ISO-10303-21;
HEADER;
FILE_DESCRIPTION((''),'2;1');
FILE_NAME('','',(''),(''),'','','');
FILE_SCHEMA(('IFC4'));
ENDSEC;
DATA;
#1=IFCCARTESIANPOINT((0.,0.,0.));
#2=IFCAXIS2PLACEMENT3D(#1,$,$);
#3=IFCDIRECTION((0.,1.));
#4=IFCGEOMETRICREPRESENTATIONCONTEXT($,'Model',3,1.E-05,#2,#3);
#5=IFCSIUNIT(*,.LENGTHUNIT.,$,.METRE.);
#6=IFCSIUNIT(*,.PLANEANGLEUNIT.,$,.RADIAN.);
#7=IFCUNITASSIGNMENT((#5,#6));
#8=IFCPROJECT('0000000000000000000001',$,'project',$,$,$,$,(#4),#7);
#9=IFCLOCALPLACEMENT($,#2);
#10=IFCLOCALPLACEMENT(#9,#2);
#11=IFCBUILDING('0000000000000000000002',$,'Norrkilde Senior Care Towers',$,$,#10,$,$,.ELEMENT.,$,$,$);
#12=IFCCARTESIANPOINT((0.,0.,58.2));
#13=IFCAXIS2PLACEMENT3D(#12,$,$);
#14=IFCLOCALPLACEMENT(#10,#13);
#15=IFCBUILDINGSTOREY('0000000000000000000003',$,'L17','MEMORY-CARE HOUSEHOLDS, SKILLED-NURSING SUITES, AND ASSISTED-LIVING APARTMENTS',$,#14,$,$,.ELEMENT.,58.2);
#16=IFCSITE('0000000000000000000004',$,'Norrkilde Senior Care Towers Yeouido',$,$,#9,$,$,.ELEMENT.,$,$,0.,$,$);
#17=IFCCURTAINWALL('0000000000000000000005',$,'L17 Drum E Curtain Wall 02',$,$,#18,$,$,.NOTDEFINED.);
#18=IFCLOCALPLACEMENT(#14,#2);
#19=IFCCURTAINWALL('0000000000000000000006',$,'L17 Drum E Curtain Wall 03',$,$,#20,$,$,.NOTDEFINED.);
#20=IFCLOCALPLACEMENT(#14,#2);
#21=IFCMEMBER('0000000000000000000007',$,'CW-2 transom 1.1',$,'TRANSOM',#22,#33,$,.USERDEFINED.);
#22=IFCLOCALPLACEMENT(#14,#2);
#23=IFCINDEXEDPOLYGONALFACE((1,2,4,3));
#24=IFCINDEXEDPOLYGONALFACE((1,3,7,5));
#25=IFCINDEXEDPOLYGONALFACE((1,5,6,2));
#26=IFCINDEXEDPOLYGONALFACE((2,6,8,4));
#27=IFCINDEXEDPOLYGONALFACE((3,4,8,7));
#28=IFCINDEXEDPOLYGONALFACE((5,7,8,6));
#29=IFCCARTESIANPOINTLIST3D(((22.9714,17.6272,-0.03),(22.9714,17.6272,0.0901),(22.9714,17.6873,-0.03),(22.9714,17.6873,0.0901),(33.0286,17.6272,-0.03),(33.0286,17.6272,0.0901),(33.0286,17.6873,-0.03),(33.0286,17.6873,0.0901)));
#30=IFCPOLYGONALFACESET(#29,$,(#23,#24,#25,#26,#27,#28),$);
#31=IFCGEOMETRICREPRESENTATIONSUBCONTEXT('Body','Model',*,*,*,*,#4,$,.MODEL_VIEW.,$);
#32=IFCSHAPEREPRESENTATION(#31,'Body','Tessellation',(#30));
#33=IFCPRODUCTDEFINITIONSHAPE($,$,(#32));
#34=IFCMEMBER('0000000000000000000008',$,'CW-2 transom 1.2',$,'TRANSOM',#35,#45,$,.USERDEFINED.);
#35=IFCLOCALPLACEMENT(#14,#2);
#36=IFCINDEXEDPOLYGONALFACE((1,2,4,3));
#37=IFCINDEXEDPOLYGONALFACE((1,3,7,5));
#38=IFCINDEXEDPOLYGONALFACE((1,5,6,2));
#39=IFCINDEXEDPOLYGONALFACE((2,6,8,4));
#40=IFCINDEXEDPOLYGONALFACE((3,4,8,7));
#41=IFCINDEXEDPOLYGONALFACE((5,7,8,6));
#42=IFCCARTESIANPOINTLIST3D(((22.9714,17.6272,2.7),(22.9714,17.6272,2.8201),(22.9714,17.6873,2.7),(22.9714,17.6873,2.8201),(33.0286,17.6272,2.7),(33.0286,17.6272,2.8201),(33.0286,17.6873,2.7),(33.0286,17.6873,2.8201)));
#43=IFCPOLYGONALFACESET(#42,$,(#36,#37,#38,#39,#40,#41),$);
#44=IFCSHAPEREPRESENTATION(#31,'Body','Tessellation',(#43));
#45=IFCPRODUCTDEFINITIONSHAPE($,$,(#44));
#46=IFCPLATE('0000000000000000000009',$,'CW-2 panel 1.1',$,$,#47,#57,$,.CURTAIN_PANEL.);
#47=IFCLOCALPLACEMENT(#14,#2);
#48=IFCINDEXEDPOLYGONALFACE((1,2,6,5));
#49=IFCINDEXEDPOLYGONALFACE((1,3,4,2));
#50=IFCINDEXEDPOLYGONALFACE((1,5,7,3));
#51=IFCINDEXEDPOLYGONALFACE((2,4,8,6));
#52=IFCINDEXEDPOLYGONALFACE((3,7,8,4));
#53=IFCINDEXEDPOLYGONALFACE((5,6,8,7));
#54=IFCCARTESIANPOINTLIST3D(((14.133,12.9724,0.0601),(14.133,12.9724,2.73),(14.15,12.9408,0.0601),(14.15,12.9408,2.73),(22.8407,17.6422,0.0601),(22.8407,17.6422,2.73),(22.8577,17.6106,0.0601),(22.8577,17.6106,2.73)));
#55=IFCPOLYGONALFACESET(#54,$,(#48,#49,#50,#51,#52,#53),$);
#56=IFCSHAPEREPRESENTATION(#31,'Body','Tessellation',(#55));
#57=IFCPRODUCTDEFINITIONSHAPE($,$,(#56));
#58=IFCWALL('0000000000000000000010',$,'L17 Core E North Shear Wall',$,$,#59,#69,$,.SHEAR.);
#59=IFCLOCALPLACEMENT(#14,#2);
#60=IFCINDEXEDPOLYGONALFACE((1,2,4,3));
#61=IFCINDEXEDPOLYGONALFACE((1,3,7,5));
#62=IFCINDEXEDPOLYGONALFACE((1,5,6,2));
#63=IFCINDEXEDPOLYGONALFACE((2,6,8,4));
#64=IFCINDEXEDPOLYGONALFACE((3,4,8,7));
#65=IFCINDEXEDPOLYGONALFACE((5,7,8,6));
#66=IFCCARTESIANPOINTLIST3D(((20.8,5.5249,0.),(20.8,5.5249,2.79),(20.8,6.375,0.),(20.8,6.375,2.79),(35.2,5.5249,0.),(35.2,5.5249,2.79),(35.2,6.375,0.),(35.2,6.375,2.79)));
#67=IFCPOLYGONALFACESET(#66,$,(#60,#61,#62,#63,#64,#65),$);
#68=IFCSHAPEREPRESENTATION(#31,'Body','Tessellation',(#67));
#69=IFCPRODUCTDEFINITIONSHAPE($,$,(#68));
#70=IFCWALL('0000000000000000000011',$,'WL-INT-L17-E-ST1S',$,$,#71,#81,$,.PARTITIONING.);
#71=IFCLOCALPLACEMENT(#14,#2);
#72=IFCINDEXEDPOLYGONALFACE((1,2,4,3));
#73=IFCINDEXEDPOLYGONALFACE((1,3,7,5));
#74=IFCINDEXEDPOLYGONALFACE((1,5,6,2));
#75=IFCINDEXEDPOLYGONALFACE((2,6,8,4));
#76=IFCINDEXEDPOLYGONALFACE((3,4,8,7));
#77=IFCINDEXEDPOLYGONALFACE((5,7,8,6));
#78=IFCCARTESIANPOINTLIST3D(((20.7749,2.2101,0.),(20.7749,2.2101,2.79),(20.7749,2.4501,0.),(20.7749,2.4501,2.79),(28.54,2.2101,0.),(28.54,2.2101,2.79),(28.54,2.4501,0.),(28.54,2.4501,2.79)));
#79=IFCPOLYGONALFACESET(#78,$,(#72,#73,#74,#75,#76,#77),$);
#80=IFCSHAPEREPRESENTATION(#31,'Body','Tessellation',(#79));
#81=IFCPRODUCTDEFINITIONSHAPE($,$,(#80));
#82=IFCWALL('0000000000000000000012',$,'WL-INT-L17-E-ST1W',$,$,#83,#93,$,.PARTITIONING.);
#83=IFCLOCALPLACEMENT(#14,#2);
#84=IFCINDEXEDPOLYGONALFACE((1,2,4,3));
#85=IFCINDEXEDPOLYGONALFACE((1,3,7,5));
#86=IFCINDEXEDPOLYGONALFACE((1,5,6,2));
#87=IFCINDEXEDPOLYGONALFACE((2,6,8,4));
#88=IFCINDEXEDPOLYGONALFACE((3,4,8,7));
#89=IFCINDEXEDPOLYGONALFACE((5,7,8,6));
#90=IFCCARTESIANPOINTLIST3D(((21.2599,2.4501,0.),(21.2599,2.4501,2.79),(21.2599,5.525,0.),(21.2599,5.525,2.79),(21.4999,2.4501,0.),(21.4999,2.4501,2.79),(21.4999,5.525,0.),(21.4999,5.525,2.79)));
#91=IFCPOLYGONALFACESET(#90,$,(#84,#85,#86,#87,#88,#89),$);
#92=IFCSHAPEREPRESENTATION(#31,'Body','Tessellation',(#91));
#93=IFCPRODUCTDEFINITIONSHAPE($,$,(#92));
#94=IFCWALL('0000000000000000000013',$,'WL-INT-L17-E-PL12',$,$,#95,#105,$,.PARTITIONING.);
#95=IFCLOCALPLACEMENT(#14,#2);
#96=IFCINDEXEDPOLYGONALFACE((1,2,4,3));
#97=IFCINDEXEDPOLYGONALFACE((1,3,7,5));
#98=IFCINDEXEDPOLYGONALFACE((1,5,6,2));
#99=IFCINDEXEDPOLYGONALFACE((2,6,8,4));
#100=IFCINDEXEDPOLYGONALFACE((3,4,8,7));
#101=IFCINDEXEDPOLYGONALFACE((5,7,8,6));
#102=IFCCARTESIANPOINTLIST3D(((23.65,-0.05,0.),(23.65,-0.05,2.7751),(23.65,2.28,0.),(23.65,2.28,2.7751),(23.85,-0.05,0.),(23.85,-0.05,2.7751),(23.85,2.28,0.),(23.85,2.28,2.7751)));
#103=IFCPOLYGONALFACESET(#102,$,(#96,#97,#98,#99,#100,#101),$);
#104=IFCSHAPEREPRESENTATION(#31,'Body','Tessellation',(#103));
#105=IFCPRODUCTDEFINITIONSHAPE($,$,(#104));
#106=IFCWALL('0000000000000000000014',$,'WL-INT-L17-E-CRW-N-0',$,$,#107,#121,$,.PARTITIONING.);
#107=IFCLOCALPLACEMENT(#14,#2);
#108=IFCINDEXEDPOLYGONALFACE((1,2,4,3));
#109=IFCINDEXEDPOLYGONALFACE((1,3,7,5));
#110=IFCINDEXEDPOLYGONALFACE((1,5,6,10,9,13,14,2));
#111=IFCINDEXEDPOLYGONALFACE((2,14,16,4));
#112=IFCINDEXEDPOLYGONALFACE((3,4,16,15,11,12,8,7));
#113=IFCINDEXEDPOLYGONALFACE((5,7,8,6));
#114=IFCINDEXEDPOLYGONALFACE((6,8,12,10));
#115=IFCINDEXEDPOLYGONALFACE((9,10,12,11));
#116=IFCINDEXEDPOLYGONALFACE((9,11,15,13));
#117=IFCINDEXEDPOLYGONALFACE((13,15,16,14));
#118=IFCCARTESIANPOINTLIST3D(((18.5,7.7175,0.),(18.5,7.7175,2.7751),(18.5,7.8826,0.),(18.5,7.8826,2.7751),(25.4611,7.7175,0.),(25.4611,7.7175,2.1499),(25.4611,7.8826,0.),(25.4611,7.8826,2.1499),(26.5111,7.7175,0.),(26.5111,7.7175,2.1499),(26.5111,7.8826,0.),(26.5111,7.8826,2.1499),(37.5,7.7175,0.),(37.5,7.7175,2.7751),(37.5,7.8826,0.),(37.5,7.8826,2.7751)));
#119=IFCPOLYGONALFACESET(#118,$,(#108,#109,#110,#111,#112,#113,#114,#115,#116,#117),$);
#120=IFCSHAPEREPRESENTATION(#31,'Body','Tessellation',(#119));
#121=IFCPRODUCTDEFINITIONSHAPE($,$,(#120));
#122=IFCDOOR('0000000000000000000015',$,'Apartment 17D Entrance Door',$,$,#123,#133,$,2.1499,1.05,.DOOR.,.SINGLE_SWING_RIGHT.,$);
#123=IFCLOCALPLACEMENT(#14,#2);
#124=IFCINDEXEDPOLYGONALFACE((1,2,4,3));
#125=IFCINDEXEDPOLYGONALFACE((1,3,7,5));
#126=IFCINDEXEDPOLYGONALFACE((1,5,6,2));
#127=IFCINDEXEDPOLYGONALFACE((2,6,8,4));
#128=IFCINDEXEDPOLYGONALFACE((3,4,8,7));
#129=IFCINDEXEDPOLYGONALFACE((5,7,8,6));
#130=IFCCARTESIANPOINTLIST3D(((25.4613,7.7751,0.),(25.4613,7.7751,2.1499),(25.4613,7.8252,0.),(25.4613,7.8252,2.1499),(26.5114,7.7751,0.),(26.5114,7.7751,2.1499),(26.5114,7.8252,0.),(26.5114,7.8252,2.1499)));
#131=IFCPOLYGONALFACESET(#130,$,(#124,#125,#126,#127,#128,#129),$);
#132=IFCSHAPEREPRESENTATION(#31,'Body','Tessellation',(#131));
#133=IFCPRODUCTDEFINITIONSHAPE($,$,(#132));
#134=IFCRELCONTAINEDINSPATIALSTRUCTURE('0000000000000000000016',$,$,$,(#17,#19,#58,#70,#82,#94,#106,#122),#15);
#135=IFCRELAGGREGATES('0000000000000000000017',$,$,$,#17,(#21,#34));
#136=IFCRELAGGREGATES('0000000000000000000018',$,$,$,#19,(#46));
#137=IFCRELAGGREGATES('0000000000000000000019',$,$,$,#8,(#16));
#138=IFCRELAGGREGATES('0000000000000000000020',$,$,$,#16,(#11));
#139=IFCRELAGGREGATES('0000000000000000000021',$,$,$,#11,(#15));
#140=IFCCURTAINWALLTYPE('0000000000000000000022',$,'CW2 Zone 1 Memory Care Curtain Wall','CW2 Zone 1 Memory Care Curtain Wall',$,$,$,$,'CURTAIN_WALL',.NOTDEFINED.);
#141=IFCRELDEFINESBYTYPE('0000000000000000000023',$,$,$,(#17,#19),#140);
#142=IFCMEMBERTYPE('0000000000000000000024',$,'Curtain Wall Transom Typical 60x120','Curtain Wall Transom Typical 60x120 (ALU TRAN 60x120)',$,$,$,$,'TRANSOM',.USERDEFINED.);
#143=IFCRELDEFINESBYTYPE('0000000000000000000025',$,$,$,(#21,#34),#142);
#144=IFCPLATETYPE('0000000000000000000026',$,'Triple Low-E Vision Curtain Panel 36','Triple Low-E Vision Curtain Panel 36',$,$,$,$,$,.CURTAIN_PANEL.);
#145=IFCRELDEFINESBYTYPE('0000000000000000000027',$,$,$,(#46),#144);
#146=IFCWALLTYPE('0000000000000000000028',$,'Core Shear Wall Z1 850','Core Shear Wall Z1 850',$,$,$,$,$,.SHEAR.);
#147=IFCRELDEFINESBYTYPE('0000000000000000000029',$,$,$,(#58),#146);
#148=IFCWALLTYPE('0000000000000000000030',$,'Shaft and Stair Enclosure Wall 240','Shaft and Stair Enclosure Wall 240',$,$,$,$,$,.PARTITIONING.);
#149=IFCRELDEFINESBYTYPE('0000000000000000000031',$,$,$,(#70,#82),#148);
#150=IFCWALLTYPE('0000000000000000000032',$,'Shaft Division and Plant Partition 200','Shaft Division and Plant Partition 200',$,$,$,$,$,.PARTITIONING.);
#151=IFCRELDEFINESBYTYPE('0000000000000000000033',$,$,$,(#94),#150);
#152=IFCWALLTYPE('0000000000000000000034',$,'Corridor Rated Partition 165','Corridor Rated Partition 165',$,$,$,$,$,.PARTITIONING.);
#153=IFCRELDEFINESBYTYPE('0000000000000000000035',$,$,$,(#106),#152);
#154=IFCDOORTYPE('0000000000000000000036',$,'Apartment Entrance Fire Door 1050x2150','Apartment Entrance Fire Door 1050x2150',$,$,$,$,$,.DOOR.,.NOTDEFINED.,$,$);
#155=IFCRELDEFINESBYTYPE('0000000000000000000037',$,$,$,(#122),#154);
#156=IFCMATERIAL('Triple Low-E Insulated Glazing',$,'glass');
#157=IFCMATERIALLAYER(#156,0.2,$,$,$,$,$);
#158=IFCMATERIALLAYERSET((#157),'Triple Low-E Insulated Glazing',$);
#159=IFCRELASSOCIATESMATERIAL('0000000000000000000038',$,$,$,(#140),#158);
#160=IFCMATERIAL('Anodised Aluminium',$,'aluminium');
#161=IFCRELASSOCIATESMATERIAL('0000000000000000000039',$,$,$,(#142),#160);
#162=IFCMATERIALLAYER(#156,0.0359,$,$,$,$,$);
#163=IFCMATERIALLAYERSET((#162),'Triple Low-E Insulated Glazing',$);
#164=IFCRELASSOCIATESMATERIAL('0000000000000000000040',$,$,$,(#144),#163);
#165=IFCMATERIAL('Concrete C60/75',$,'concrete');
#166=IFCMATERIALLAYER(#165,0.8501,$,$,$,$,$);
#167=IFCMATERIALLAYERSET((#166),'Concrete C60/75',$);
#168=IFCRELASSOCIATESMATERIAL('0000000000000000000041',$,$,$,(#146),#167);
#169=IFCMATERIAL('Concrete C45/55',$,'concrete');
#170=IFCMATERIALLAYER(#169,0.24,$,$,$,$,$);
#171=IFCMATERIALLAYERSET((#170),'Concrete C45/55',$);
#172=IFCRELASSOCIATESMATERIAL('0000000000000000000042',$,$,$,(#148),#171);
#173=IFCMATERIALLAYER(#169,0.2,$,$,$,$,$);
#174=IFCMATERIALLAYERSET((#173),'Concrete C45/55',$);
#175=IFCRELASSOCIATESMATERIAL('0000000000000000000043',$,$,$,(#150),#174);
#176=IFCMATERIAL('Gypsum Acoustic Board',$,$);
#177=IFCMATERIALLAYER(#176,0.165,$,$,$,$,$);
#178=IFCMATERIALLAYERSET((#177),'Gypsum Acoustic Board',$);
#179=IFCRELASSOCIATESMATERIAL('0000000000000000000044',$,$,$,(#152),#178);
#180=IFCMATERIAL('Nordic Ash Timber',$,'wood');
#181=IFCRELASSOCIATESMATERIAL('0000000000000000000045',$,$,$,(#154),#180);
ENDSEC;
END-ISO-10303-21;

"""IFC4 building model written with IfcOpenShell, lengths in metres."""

from ifc_helpers import new_model, si_unit, direction, frame, frame_2d, origin, origin_2d, place, context, subcontext, project, spatial, rectangle, extrude, source, transform, mapped, material, layer, layer_set, material_profile, profile_set, type_object, type_shapes, element, fill, aggregate, save


model = new_model("IFC4")

# Units and contexts
model_context = context("Model", 3, precision=1e-05, world=origin(), true_north=direction((0.0, 1.0)))
body_context = subcontext(model_context, "Body", "Model", "MODEL_VIEW")
ifc_project = project(units=[si_unit("LENGTHUNIT", "METRE"), si_unit("PLANEANGLEUNIT", "RADIAN")], contexts=[model_context])

# Site, building, storey
site_placement = place(None, origin())
site = spatial("IfcSite", under=ifc_project, at=site_placement, Name="Norrkilde Senior Care Towers Yeouido", CompositionType="ELEMENT", RefElevation=0.0)
building_placement = place(site_placement, origin())
building = spatial("IfcBuilding", under=site, at=building_placement, Name="Norrkilde Senior Care Towers", CompositionType="ELEMENT")
storey_placement = place(building_placement, frame((0.0, 0.0, 58.2)))
storey = spatial("IfcBuildingStorey", under=building, at=storey_placement, Name="L17", Description="MEMORY-CARE HOUSEHOLDS, SKILLED-NURSING SUITES, AND ASSISTED-LIVING APARTMENTS", CompositionType="ELEMENT", Elevation=58.2)

# Shared definitions
ifc_material_1 = material(Name="Concrete C60/75", Category="concrete")

# Curtain walls
ifc_material_2 = material(Name="Triple Low-E Insulated Glazing", Category="glass")
ifc_layer_1 = layer(ifc_material_2, 0.2)
ifc_layer_set_1 = layer_set([ifc_layer_1], Name="Triple Low-E Insulated Glazing")
curtain_wall_type = type_object("IfcCurtainWallType", Name="CW2 Zone 1 Memory Care Curtain Wall", Description="CW2 Zone 1 Memory Care Curtain Wall", ElementType="CURTAIN_WALL", PredefinedType="NOTDEFINED", material=ifc_layer_set_1)
curtain_wall_1_placement = place(storey_placement, origin())
curtain_wall_1 = element("IfcCurtainWall", 1, at=curtain_wall_1_placement, inside=storey, type_object=curtain_wall_type, Name="L17 Drum E Curtain Wall 02", PredefinedType="NOTDEFINED")
ifc_material_3 = material(Name="Anodised Aluminium", Category="aluminium")
curtain_wall_2_placement = place(storey_placement, origin())
curtain_wall_2 = element("IfcCurtainWall", 2, at=curtain_wall_2_placement, inside=storey, type_object=curtain_wall_type, Name="L17 Drum E Curtain Wall 03", PredefinedType="NOTDEFINED")

# Members
ifc_material_profile_1 = material_profile(ifc_material_3, rectangle(XDim=0.0601, YDim=0.1201, at=origin_2d()), Name="ALU TRAN 60x120")
ifc_profile_set_1 = profile_set([ifc_material_profile_1], Name="Anodised Aluminium")
member_type_1 = type_object("IfcMemberType", Name="Curtain Wall Transom Typical 60x120", Description="Curtain Wall Transom Typical 60x120 (ALU TRAN 60x120)", ElementType="TRANSOM", PredefinedType="USERDEFINED", material=ifc_profile_set_1)
shared_shape_1 = source(origin(), body_context, "Body", "SweptSolid", [
    extrude(rectangle(XDim=0.0601, YDim=0.1201, at=origin_2d()), origin(), (0.0, 0.0, 1.0), 10.0571),
])
type_shapes(member_type_1, [shared_shape_1])
member_1_placement = place(storey_placement, frame((22.9714, 17.6572, 0.03), z_axis=(1.0, 0.0, 0.0), x_axis=(0.0, 1.0, 0.0)))
member_1 = element("IfcMember", 3, at=member_1_placement, type_object=member_type_1, Name="CW-2 transom 1.1", ObjectType="TRANSOM", PredefinedType="USERDEFINED", context=body_context, shape_type="MappedRepresentation", body=[
    mapped(shared_shape_1, transform((0.0, 0.0, 0.0), x_axis=(1.0, 0.0, 0.0), y_axis=(0.0, 1.0, 0.0), z_axis=(0.0, 0.0, 1.0), scale=1.0)),
])
member_2_placement = place(storey_placement, frame((22.9714, 17.6572, 2.76), z_axis=(1.0, 0.0, 0.0), x_axis=(0.0, 1.0, 0.0)))
member_2 = element("IfcMember", 4, at=member_2_placement, type_object=member_type_1, Name="CW-2 transom 1.2", ObjectType="TRANSOM", PredefinedType="USERDEFINED", context=body_context, shape_type="MappedRepresentation", body=[
    mapped(shared_shape_1, transform((0.0, 0.0, 0.0), x_axis=(1.0, 0.0, 0.0), y_axis=(0.0, 1.0, 0.0), z_axis=(0.0, 0.0, 1.0), scale=1.0)),
])
aggregate(curtain_wall_1, [member_1, member_2])

# Plate
ifc_layer_2 = layer(ifc_material_2, 0.0359)
ifc_layer_set_2 = layer_set([ifc_layer_2], Name="Triple Low-E Insulated Glazing")
plate_type = type_object("IfcPlateType", Name="Triple Low-E Vision Curtain Panel 36", Description="Triple Low-E Vision Curtain Panel 36", PredefinedType="CURTAIN_PANEL", material=ifc_layer_set_2)
shared_shape_2 = source(origin(), body_context, "Body", "SweptSolid", [
    extrude(rectangle(XDim=9.8809, YDim=0.0359, at=origin_2d()), origin(), (0.0, 0.0, 1.0), 2.6699),
])
type_shapes(plate_type, [shared_shape_2])
plate_placement = place(storey_placement, frame((18.4954, 15.2915, 0.0601), z_axis=(0.0, 0.0, 1.0), x_axis=(0.881273, 0.472608, 0.0)))
plate = element("IfcPlate", 5, at=plate_placement, type_object=plate_type, Name="CW-2 panel 1.1", PredefinedType="CURTAIN_PANEL", context=body_context, shape_type="MappedRepresentation", body=[
    mapped(shared_shape_2, transform((0.0, 0.0, 0.0), x_axis=(1.0, 0.0, 0.0), y_axis=(0.0, 1.0, 0.0), z_axis=(0.0, 0.0, 1.0), scale=1.0)),
])
aggregate(curtain_wall_2, [plate])

# Walls
ifc_layer_3 = layer(ifc_material_1, 0.8501)
ifc_layer_set_3 = layer_set([ifc_layer_3], Name="Concrete C60/75")
wall_type_1 = type_object("IfcWallType", Name="Core Shear Wall Z1 850", Description="Core Shear Wall Z1 850", PredefinedType="SHEAR", material=ifc_layer_set_3)
shared_shape_3 = source(origin(), body_context, "Body", "SweptSolid", [
    extrude(rectangle(XDim=14.3999, YDim=0.8501, at=frame_2d((7.2, 0.0))), origin(), (0.0, 0.0, 1.0), 2.79),
])
type_shapes(wall_type_1, [shared_shape_3])
wall_1_placement = place(storey_placement, frame((20.8, 5.95, 0.0), z_axis=(0.0, 0.0, 1.0), x_axis=(1.0, 0.0, 0.0)))
element("IfcWall", 6, at=wall_1_placement, inside=storey, type_object=wall_type_1, Name="L17 Core E North Shear Wall", PredefinedType="SHEAR", context=body_context, shape_type="MappedRepresentation", body=[
    mapped(shared_shape_3, transform((0.0, 0.0, 0.0), x_axis=(1.0, 0.0, 0.0), y_axis=(0.0, 1.0, 0.0), z_axis=(0.0, 0.0, 1.0), scale=1.0)),
])
ifc_material_4 = material(Name="Concrete C45/55", Category="concrete")
ifc_layer_4 = layer(ifc_material_4, 0.24)
ifc_layer_set_4 = layer_set([ifc_layer_4], Name="Concrete C45/55")
wall_type_2 = type_object("IfcWallType", Name="Shaft and Stair Enclosure Wall 240", Description="Shaft and Stair Enclosure Wall 240", PredefinedType="PARTITIONING", material=ifc_layer_set_4)
shared_shape_4 = source(origin(), body_context, "Body", "SweptSolid", [
    extrude(rectangle(XDim=7.7651, YDim=0.24, at=frame_2d((3.8826, 0.0))), origin(), (0.0, 0.0, 1.0), 2.79),
])
wall_2_placement = place(storey_placement, frame((20.7749, 2.3301, 0.0), z_axis=(0.0, 0.0, 1.0), x_axis=(1.0, 0.0, 0.0)))
element("IfcWall", 7, at=wall_2_placement, inside=storey, type_object=wall_type_2, Name="WL-INT-L17-E-ST1S", PredefinedType="PARTITIONING", context=body_context, shape_type="MappedRepresentation", body=[
    mapped(shared_shape_4, transform((0.0, 0.0, 0.0), x_axis=(1.0, 0.0, 0.0), y_axis=(0.0, 1.0, 0.0), z_axis=(0.0, 0.0, 1.0), scale=1.0)),
])
shared_shape_5 = source(origin(), body_context, "Body", "SweptSolid", [
    extrude(rectangle(XDim=3.075, YDim=0.24, at=frame_2d((1.5376, 0.0))), origin(), (0.0, 0.0, 1.0), 2.79),
])
type_shapes(wall_type_2, [shared_shape_4, shared_shape_5])
wall_3_placement = place(storey_placement, frame((21.3799, 2.45, 0.0), z_axis=(0.0, 0.0, 1.0), x_axis=(0.0, 1.0, 0.0)))
element("IfcWall", 8, at=wall_3_placement, inside=storey, type_object=wall_type_2, Name="WL-INT-L17-E-ST1W", PredefinedType="PARTITIONING", context=body_context, shape_type="MappedRepresentation", body=[
    mapped(shared_shape_5, transform((0.0, 0.0, 0.0), x_axis=(1.0, 0.0, 0.0), y_axis=(0.0, 1.0, 0.0), z_axis=(0.0, 0.0, 1.0), scale=1.0)),
])
ifc_layer_5 = layer(ifc_material_4, 0.2)
ifc_layer_set_5 = layer_set([ifc_layer_5], Name="Concrete C45/55")
wall_type_3 = type_object("IfcWallType", Name="Shaft Division and Plant Partition 200", Description="Shaft Division and Plant Partition 200", PredefinedType="PARTITIONING", material=ifc_layer_set_5)
shared_shape_6 = source(origin(), body_context, "Body", "SweptSolid", [
    extrude(rectangle(XDim=2.3301, YDim=0.2, at=frame_2d((1.165, 0.0))), origin(), (0.0, 0.0, 1.0), 2.7751),
])
type_shapes(wall_type_3, [shared_shape_6])
wall_4_placement = place(storey_placement, frame((23.75, -0.05, 0.0), z_axis=(0.0, 0.0, 1.0), x_axis=(0.0, 1.0, 0.0)))
element("IfcWall", 9, at=wall_4_placement, inside=storey, type_object=wall_type_3, Name="WL-INT-L17-E-PL12", PredefinedType="PARTITIONING", context=body_context, shape_type="MappedRepresentation", body=[
    mapped(shared_shape_6, transform((0.0, 0.0, 0.0), x_axis=(1.0, 0.0, 0.0), y_axis=(0.0, 1.0, 0.0), z_axis=(0.0, 0.0, 1.0), scale=1.0)),
])

# Wall, opening, door
ifc_material_5 = material(Name="Gypsum Acoustic Board")
ifc_layer_6 = layer(ifc_material_5, 0.165)
ifc_layer_set_6 = layer_set([ifc_layer_6], Name="Gypsum Acoustic Board")
wall_type_4 = type_object("IfcWallType", Name="Corridor Rated Partition 165", Description="Corridor Rated Partition 165", PredefinedType="PARTITIONING", material=ifc_layer_set_6)
shared_shape_7 = source(origin(), body_context, "Body", "SweptSolid", [
    extrude(rectangle(XDim=19.0, YDim=0.165, at=frame_2d((9.5, 0.0))), origin(), (0.0, 0.0, 1.0), 2.7751),
])
type_shapes(wall_type_4, [shared_shape_7])
wall_5_placement = place(storey_placement, frame((18.5, 7.8, 0.0), z_axis=(0.0, 0.0, 1.0), x_axis=(1.0, 0.0, 0.0)))
wall_5 = element("IfcWall", 10, at=wall_5_placement, inside=storey, type_object=wall_type_4, Name="WL-INT-L17-E-CRW-N-0", PredefinedType="PARTITIONING", context=body_context, shape_type="MappedRepresentation", body=[
    mapped(shared_shape_7, transform((0.0, 0.0, 0.0), x_axis=(1.0, 0.0, 0.0), y_axis=(0.0, 1.0, 0.0), z_axis=(0.0, 0.0, 1.0), scale=1.0)),
])
opening_1_placement = place(wall_5_placement, frame((6.9612, 0.0, 0.0)))
opening_1 = element("IfcOpeningElement", 11, at=opening_1_placement, cuts=wall_5, PredefinedType="OPENING", context=body_context, shape_type="SweptSolid", body=[
    extrude(rectangle(XDim=1.05, YDim=2.1499, at=frame_2d((0.5249, 1.075))), frame((0.0, 0.0925, 0.0), z_axis=(0.0, -1.0, 0.0), x_axis=(1.0, 0.0, 0.0)), (0.0, 0.0, 1.0), 0.1851),
])
ifc_material_6 = material(Name="Nordic Ash Timber", Category="wood")
door_type_1 = type_object("IfcDoorType", Name="Apartment Entrance Fire Door 1050x2150", Description="Apartment Entrance Fire Door 1050x2150", OperationType="NOTDEFINED", PredefinedType="DOOR", material=ifc_material_6)
shared_shape_8 = source(origin(), body_context, "Body", "SweptSolid", [
    extrude(rectangle(XDim=1.05, YDim=2.1499, at=frame_2d((0.5249, 1.075))), frame((0.0, 0.0249, 0.0), z_axis=(0.0, -1.0, 0.0), x_axis=(1.0, 0.0, 0.0)), (0.0, 0.0, 1.0), 0.05),
])
type_shapes(door_type_1, [shared_shape_8])
door_1_placement = place(opening_1_placement, frame((1.05, 0.0, 0.0), z_axis=(0.0, 0.0, 1.0), x_axis=(-1.0, 0.0, 0.0)))
door_1 = element("IfcDoor", 12, at=door_1_placement, inside=storey, type_object=door_type_1, Name="Apartment 17D Entrance Door", OperationType="SINGLE_SWING_RIGHT", OverallHeight=2.1499, OverallWidth=1.05, PredefinedType="DOOR", context=body_context, shape_type="MappedRepresentation", body=[
    mapped(shared_shape_8, transform((0.0, 0.0, 0.0), x_axis=(1.0, 0.0, 0.0), y_axis=(0.0, 1.0, 0.0), z_axis=(0.0, 0.0, 1.0), scale=1.0)),
])
fill(opening_1, door_1)

save(model, "model.ifc")
